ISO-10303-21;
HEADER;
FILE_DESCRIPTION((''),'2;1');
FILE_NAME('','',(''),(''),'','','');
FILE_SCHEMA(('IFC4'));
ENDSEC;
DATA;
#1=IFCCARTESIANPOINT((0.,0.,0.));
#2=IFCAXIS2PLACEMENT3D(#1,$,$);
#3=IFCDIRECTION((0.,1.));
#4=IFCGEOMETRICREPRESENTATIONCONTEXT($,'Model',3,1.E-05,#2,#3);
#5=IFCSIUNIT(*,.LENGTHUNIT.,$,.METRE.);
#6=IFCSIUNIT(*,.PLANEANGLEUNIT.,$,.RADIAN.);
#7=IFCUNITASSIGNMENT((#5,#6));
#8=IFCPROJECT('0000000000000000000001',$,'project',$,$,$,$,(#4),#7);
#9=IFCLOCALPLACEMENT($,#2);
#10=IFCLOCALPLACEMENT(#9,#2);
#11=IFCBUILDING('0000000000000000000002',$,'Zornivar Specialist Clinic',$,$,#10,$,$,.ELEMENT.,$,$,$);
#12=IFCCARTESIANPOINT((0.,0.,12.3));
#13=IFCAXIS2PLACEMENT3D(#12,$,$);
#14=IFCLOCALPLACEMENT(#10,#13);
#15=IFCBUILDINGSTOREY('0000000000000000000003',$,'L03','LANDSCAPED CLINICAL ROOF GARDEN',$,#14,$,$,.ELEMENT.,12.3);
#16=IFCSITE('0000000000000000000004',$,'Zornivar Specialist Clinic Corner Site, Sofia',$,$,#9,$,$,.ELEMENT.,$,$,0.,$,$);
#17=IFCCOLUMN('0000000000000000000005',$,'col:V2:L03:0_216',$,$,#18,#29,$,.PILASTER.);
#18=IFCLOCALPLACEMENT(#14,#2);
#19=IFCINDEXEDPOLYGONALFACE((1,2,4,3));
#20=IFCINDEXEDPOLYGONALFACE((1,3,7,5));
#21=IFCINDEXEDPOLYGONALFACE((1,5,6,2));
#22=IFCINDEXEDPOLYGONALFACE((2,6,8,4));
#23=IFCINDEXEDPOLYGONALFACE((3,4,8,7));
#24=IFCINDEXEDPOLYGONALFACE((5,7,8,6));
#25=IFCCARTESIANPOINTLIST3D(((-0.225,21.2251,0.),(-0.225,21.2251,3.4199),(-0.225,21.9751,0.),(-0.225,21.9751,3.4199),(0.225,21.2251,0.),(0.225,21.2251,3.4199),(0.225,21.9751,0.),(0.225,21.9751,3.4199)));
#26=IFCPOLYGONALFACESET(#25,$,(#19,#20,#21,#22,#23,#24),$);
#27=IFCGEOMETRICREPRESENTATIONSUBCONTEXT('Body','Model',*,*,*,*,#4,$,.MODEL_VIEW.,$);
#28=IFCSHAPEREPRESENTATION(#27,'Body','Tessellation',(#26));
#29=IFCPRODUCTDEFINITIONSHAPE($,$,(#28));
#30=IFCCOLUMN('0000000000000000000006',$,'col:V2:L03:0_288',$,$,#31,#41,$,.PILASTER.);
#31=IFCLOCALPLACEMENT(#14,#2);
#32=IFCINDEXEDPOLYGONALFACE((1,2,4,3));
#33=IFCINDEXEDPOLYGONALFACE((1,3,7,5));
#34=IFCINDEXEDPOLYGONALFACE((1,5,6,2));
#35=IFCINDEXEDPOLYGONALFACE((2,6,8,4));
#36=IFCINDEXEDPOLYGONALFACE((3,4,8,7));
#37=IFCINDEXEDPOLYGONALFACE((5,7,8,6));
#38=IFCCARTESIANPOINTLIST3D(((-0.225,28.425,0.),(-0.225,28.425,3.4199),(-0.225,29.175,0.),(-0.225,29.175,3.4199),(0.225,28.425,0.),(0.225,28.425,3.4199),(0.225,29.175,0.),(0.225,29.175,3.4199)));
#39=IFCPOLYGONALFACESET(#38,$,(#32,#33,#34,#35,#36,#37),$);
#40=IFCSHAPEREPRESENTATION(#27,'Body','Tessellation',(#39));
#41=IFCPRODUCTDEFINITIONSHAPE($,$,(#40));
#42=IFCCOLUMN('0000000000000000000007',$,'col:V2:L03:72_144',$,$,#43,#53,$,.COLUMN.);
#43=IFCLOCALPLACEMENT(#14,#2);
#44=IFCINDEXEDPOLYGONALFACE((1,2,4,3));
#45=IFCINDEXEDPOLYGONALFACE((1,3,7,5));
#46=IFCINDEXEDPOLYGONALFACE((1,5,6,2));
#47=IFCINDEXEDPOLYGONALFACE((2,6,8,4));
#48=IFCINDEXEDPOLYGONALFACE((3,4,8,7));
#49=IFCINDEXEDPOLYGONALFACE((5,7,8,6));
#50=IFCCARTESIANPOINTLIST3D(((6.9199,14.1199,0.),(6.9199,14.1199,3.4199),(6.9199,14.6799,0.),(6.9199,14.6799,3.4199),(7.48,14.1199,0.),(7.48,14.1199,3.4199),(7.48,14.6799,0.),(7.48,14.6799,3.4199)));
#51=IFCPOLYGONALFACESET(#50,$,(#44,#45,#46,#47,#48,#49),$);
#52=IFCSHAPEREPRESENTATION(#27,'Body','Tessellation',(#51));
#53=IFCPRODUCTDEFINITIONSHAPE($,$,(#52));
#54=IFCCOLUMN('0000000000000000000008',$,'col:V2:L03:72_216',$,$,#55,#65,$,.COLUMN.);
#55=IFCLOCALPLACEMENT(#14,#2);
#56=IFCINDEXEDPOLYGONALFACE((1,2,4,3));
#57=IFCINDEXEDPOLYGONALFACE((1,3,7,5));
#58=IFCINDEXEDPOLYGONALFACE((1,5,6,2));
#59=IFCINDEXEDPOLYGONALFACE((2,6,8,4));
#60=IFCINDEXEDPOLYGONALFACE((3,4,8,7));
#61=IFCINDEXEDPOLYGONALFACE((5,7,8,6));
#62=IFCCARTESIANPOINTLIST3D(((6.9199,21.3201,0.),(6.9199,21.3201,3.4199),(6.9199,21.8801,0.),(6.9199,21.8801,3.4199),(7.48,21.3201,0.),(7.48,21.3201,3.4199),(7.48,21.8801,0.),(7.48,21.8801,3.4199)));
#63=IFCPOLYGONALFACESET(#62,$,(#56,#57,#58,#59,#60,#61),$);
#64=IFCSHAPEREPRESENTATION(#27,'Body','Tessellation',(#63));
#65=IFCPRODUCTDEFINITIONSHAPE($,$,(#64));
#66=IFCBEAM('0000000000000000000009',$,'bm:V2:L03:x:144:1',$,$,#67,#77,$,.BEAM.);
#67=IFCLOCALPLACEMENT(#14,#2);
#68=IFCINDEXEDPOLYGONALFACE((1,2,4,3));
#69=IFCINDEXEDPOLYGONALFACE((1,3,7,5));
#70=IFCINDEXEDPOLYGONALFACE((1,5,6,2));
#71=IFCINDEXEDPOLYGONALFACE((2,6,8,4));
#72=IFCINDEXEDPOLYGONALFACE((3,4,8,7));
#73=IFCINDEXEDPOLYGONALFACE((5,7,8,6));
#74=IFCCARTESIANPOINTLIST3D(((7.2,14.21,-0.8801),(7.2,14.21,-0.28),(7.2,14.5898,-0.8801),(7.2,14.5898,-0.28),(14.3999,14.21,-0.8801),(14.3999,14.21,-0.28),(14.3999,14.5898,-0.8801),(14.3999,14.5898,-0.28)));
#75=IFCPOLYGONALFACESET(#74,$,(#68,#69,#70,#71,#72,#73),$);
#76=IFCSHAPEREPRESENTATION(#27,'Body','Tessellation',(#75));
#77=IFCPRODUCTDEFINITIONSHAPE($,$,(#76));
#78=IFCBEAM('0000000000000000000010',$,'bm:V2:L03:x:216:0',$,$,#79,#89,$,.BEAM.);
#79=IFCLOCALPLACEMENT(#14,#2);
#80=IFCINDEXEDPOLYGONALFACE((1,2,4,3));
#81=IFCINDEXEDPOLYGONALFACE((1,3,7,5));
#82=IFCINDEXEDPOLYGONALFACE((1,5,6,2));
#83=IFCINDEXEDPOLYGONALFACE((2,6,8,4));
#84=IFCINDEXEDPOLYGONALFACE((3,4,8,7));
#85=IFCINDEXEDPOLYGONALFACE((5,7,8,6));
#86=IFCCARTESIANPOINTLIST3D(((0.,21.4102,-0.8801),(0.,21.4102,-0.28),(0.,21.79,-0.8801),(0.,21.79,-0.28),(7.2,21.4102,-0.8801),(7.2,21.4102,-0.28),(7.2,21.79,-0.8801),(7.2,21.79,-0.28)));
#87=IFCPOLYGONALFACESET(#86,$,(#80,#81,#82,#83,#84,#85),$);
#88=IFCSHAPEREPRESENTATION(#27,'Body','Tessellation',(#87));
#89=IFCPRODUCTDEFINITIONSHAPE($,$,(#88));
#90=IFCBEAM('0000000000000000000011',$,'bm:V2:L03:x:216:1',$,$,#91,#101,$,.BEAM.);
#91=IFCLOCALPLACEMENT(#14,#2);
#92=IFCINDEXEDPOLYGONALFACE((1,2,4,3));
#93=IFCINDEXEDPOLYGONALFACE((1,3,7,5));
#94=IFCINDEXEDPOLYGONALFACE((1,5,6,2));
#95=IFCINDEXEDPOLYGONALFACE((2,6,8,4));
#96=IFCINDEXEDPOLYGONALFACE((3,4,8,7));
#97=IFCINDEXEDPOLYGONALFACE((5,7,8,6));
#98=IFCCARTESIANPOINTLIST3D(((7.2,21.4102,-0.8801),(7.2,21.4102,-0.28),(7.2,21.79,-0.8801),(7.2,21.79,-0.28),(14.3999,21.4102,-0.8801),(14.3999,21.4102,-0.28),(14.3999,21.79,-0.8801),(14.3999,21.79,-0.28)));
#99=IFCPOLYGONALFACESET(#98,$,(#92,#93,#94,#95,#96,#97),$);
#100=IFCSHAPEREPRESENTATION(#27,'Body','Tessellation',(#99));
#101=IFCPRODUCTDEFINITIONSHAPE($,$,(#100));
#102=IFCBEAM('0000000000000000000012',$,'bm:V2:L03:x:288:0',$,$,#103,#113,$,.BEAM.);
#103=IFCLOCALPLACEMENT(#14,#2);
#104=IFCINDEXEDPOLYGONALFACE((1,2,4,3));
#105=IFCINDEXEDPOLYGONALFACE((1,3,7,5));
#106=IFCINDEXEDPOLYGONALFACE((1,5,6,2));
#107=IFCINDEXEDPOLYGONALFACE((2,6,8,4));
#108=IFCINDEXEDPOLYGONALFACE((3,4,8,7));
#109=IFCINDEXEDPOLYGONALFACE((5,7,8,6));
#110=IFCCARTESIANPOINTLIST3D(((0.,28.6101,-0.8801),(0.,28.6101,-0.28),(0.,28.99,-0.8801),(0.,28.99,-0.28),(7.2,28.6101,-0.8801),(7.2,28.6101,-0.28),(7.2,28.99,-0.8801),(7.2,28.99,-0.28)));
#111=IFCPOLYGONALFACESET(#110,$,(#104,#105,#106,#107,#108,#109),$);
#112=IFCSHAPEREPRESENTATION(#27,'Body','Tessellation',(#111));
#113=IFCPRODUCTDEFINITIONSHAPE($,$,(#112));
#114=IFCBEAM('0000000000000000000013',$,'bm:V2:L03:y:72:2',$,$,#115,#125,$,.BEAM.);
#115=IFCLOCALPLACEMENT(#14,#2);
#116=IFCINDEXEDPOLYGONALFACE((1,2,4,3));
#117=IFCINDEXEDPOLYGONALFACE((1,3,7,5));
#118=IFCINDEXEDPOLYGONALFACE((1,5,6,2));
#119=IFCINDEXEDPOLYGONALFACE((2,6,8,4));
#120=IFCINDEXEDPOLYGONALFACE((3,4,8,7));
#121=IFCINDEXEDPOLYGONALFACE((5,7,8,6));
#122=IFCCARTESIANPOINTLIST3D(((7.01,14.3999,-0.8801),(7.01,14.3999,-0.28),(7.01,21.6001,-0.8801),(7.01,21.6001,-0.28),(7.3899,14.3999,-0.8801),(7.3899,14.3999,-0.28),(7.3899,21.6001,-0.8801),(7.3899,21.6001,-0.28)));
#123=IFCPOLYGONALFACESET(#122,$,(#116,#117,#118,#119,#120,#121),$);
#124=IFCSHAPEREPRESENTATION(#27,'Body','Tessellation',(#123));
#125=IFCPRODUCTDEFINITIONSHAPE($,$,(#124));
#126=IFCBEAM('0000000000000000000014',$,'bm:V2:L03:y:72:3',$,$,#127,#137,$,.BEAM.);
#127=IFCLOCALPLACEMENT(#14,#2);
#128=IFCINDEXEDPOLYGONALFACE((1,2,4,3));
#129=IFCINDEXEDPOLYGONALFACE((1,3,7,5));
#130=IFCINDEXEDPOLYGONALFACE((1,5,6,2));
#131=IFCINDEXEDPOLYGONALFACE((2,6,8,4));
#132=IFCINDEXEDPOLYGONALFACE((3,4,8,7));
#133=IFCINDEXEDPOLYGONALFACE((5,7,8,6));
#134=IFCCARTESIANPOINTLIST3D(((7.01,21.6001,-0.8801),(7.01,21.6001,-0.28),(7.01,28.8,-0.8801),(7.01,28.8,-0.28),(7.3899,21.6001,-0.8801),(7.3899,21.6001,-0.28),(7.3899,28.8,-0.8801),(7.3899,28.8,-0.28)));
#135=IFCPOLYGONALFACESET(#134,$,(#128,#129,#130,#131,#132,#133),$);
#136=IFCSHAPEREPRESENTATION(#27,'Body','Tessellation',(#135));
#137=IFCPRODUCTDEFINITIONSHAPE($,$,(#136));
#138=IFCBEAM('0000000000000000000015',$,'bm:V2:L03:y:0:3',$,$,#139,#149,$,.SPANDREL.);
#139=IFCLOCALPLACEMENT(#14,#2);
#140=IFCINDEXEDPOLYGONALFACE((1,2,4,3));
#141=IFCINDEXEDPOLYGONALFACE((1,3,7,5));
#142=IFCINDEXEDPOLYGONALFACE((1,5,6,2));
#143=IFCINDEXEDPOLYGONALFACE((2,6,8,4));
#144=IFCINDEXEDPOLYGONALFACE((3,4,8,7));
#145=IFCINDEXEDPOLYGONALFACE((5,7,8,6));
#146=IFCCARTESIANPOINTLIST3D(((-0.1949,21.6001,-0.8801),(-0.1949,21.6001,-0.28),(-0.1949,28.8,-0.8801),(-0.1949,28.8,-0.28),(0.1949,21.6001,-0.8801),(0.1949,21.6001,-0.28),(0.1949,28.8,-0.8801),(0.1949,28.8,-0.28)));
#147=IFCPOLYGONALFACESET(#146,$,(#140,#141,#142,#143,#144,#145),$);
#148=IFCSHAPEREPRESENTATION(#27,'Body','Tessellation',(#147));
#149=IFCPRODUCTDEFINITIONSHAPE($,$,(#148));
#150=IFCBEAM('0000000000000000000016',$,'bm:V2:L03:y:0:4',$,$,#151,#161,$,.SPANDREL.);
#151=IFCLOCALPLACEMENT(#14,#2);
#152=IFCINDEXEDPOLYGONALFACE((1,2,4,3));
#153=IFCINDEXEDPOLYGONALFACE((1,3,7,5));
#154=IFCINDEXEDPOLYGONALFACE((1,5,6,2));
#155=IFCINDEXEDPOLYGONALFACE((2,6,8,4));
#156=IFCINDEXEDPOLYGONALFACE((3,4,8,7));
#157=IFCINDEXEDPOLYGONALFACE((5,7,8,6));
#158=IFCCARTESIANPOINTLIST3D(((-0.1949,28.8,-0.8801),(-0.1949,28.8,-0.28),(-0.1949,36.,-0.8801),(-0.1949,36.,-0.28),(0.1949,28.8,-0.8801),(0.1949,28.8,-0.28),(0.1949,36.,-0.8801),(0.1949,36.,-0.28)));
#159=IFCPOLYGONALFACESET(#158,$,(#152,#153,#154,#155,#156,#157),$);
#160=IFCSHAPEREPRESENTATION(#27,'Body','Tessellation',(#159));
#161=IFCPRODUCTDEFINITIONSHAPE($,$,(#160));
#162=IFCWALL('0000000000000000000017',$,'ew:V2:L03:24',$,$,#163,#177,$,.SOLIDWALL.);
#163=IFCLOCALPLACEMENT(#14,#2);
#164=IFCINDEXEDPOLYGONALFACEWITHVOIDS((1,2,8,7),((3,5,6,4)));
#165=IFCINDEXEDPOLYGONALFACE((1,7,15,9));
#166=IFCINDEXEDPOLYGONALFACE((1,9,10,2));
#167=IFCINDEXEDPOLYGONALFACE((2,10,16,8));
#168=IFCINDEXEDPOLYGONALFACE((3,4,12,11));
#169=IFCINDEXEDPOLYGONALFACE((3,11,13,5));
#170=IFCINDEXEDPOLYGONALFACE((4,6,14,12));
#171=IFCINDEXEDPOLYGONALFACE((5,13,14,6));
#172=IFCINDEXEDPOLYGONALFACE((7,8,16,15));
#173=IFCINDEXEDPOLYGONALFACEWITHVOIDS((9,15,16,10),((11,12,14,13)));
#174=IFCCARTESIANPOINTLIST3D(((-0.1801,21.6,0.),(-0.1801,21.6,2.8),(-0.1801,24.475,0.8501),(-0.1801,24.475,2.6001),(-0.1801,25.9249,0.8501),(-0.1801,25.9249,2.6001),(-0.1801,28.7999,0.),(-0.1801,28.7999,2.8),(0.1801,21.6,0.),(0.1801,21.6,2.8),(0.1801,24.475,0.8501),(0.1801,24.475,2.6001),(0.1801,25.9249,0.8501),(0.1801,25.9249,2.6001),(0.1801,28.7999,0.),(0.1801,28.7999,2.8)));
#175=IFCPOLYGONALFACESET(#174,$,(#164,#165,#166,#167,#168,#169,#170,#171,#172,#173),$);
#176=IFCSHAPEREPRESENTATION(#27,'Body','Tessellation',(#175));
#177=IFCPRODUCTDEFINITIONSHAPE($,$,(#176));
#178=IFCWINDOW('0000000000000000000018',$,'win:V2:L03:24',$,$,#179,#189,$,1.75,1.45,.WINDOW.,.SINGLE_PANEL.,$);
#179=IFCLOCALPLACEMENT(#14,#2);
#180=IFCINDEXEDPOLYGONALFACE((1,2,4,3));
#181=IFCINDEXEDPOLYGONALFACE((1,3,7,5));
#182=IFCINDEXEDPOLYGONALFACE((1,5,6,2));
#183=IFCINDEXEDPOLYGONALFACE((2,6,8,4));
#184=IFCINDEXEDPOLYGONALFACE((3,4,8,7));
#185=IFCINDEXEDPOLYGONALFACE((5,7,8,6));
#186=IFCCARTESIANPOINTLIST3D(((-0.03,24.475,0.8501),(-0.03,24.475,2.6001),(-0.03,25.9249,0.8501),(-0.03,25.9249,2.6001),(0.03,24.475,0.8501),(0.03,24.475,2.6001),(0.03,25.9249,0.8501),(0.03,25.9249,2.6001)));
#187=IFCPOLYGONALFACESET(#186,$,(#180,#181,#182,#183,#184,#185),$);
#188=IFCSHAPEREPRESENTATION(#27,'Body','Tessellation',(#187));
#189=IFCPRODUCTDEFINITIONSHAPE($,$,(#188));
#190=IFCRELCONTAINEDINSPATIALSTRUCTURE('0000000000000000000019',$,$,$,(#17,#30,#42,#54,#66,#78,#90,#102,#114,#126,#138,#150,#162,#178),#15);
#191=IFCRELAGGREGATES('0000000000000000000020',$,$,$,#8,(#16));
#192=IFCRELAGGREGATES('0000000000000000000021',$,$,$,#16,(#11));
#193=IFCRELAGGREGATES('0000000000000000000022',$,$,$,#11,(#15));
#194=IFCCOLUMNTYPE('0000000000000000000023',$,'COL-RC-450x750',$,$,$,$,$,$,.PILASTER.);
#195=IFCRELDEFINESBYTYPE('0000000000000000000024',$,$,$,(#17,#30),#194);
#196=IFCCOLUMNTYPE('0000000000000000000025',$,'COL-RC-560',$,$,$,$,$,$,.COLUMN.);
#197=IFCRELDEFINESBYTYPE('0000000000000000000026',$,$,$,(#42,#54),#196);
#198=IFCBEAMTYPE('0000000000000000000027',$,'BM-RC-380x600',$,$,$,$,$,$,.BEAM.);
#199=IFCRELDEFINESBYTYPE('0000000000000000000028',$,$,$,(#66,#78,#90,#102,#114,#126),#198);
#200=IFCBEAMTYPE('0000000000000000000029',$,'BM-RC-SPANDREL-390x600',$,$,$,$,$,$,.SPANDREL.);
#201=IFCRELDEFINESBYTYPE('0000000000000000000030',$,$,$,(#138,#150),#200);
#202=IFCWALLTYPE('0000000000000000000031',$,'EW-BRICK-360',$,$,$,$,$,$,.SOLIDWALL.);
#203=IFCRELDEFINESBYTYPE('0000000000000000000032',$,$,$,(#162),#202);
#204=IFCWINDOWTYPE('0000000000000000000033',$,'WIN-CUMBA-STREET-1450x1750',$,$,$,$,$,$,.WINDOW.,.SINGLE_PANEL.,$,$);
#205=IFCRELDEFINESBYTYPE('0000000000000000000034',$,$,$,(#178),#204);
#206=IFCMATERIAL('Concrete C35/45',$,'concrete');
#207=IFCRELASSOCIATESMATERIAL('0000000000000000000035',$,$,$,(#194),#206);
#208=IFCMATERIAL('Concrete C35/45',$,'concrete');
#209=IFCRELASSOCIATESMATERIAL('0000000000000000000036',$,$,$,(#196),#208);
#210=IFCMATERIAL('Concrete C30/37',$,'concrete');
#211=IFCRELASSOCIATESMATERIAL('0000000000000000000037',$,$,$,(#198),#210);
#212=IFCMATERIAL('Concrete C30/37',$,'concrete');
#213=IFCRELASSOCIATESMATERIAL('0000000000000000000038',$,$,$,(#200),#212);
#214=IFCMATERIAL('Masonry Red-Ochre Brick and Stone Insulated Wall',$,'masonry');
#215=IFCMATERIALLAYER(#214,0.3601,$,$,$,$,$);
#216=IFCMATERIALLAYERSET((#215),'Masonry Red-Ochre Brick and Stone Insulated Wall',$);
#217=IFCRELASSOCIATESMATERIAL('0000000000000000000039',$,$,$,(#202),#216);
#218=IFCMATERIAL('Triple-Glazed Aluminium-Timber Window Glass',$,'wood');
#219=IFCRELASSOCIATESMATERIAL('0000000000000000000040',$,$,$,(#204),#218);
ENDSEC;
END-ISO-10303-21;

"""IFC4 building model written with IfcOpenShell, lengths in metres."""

from ifc_helpers import new_model, si_unit, direction, frame, frame_2d, origin, origin_2d, place, context, subcontext, project, spatial, rectangle, extrude, material, layer, layer_set, material_profile, profile_set, type_object, element, fill, save


model = new_model("IFC4")

# Units and contexts
model_context = context("Model", 3, precision=1e-05, world=origin(), true_north=direction((0.0, 1.0)))
body_context = subcontext(model_context, "Body", "Model", "MODEL_VIEW")
ifc_project = project(units=[si_unit("LENGTHUNIT", "METRE"), si_unit("PLANEANGLEUNIT", "RADIAN")], contexts=[model_context])

# Site, building, storey
site_placement = place(None, origin())
site = spatial("IfcSite", under=ifc_project, at=site_placement, Name="Zornivar Specialist Clinic Corner Site, Sofia", CompositionType="ELEMENT", RefElevation=0.0)
building_placement = place(site_placement, origin())
building = spatial("IfcBuilding", under=site, at=building_placement, Name="Zornivar Specialist Clinic", CompositionType="ELEMENT")
storey_placement = place(building_placement, frame((0.0, 0.0, 12.3)))
storey = spatial("IfcBuildingStorey", under=building, at=storey_placement, Name="L03", Description="LANDSCAPED CLINICAL ROOF GARDEN", CompositionType="ELEMENT", Elevation=12.3)

# Columns
ifc_material_1 = material(Name="Concrete C35/45", Category="concrete")
ifc_material_profile_1 = material_profile(ifc_material_1, rectangle(XDim=0.45, YDim=0.75, at=origin_2d()), Name="RC 450x750")
ifc_profile_set_1 = profile_set([ifc_material_profile_1], Name="Concrete C35/45")
column_type_1 = type_object("IfcColumnType", Name="COL-RC-450x750", PredefinedType="PILASTER", material=ifc_profile_set_1)
for number, where, z_axis, x_axis, name in (
    (1, (0.0, 21.6001, 0.0), (0.0, 0.0, 1.0), (1.0, 0.0, 0.0), "col:V2:L03:0_216"),
    (2, (0.0, 28.8, 0.0), (0.0, 0.0, 1.0), (1.0, 0.0, 0.0), "col:V2:L03:0_288"),
):
    element("IfcColumn", number, at=place(storey_placement, frame(where, z_axis=z_axis, x_axis=x_axis)), inside=storey, type_object=column_type_1, Name=name, PredefinedType="PILASTER", context=body_context, shape_type="SweptSolid", body=[
        extrude(rectangle(XDim=0.45, YDim=0.75, at=origin_2d()), origin(), (0.0, 0.0, 1.0), 3.4199),
    ])
ifc_material_2 = material(Name="Concrete C35/45", Category="concrete")
ifc_material_profile_2 = material_profile(ifc_material_2, rectangle(XDim=0.5601, YDim=0.5601, at=origin_2d()), Name="RC 560x560")
ifc_profile_set_2 = profile_set([ifc_material_profile_2], Name="Concrete C35/45")
column_type_2 = type_object("IfcColumnType", Name="COL-RC-560", PredefinedType="COLUMN", material=ifc_profile_set_2)
for number, where, z_axis, x_axis, name in (
    (3, (7.2, 14.3999, 0.0), (0.0, 0.0, 1.0), (1.0, 0.0, 0.0), "col:V2:L03:72_144"),
    (4, (7.2, 21.6001, 0.0), (0.0, 0.0, 1.0), (1.0, 0.0, 0.0), "col:V2:L03:72_216"),
):
    element("IfcColumn", number, at=place(storey_placement, frame(where, z_axis=z_axis, x_axis=x_axis)), inside=storey, type_object=column_type_2, Name=name, PredefinedType="COLUMN", context=body_context, shape_type="SweptSolid", body=[
        extrude(rectangle(XDim=0.5601, YDim=0.5601, at=origin_2d()), origin(), (0.0, 0.0, 1.0), 3.4199),
    ])

# Beams
ifc_material_3 = material(Name="Concrete C30/37", Category="concrete")
ifc_material_profile_3 = material_profile(ifc_material_3, rectangle(XDim=0.3799, YDim=0.6001, at=origin_2d()), Name="RC 380x600")
ifc_profile_set_3 = profile_set([ifc_material_profile_3], Name="Concrete C30/37")
beam_type_1 = type_object("IfcBeamType", Name="BM-RC-380x600", PredefinedType="BEAM", material=ifc_profile_set_3)
for number, where, z_axis, x_axis, name in (
    (5, (7.2, 14.3999, -0.5801), (1.0, 0.0, 0.0), (0.0, 1.0, 0.0), "bm:V2:L03:x:144:1"),
    (6, (0.0, 21.6001, -0.5801), (1.0, 0.0, 0.0), (0.0, 1.0, 0.0), "bm:V2:L03:x:216:0"),
    (7, (7.2, 21.6001, -0.5801), (1.0, 0.0, 0.0), (0.0, 1.0, 0.0), "bm:V2:L03:x:216:1"),
    (8, (0.0, 28.8, -0.5801), (1.0, 0.0, 0.0), (0.0, 1.0, 0.0), "bm:V2:L03:x:288:0"),
):
    element("IfcBeam", number, at=place(storey_placement, frame(where, z_axis=z_axis, x_axis=x_axis)), inside=storey, type_object=beam_type_1, Name=name, PredefinedType="BEAM", context=body_context, shape_type="SweptSolid", body=[
        extrude(rectangle(XDim=0.3799, YDim=0.6001, at=origin_2d()), origin(), (0.0, 0.0, 1.0), 7.2),
    ])
beam_1_placement = place(storey_placement, frame((7.2, 14.3999, -0.5801), z_axis=(0.0, 1.0, 0.0), x_axis=(-1.0, 0.0, 0.0)))
element("IfcBeam", 9, at=beam_1_placement, inside=storey, type_object=beam_type_1, Name="bm:V2:L03:y:72:2", PredefinedType="BEAM", context=body_context, shape_type="SweptSolid", body=[
    extrude(rectangle(XDim=0.3799, YDim=0.6001, at=origin_2d()), origin(), (0.0, 0.0, 1.0), 7.2002),
])
beam_2_placement = place(storey_placement, frame((7.2, 21.6001, -0.5801), z_axis=(0.0, 1.0, 0.0), x_axis=(-1.0, 0.0, 0.0)))
element("IfcBeam", 10, at=beam_2_placement, inside=storey, type_object=beam_type_1, Name="bm:V2:L03:y:72:3", PredefinedType="BEAM", context=body_context, shape_type="SweptSolid", body=[
    extrude(rectangle(XDim=0.3799, YDim=0.6001, at=origin_2d()), origin(), (0.0, 0.0, 1.0), 7.2),
])
ifc_material_4 = material(Name="Concrete C30/37", Category="concrete")
ifc_material_profile_4 = material_profile(ifc_material_4, rectangle(XDim=0.3899, YDim=0.6001, at=origin_2d()), Name="RC 390x600")
ifc_profile_set_4 = profile_set([ifc_material_profile_4], Name="Concrete C30/37")
beam_type_2 = type_object("IfcBeamType", Name="BM-RC-SPANDREL-390x600", PredefinedType="SPANDREL", material=ifc_profile_set_4)
for number, where, z_axis, x_axis, name in (
    (11, (0.0, 21.6001, -0.5801), (0.0, 1.0, 0.0), (-1.0, 0.0, 0.0), "bm:V2:L03:y:0:3"),
    (12, (0.0, 28.8, -0.5801), (0.0, 1.0, 0.0), (-1.0, 0.0, 0.0), "bm:V2:L03:y:0:4"),
):
    element("IfcBeam", number, at=place(storey_placement, frame(where, z_axis=z_axis, x_axis=x_axis)), inside=storey, type_object=beam_type_2, Name=name, PredefinedType="SPANDREL", context=body_context, shape_type="SweptSolid", body=[
        extrude(rectangle(XDim=0.3899, YDim=0.6001, at=origin_2d()), origin(), (0.0, 0.0, 1.0), 7.2),
    ])

# Wall, opening, window
ifc_material_5 = material(Name="Masonry Red-Ochre Brick and Stone Insulated Wall", Category="masonry")
ifc_layer_1 = layer(ifc_material_5, 0.3601)
ifc_layer_set_1 = layer_set([ifc_layer_1], Name="Masonry Red-Ochre Brick and Stone Insulated Wall")
wall_type_1 = type_object("IfcWallType", Name="EW-BRICK-360", PredefinedType="SOLIDWALL", material=ifc_layer_set_1)
wall_1_placement = place(storey_placement, frame((0.0, 28.8, 0.0), z_axis=(0.0, 0.0, 1.0), x_axis=(0.0, -1.0, 0.0)))
wall_1 = element("IfcWall", 13, at=wall_1_placement, inside=storey, type_object=wall_type_1, Name="ew:V2:L03:24", PredefinedType="SOLIDWALL", context=body_context, shape_type="SweptSolid", body=[
    extrude(rectangle(XDim=7.2, YDim=0.3601, at=frame_2d((3.6001, 0.0))), origin(), (0.0, 0.0, 1.0), 2.8),
])
opening_1_placement = place(wall_1_placement, frame((2.875, 0.0, 0.8501)))
opening_1 = element("IfcOpeningElement", 14, at=opening_1_placement, cuts=wall_1, PredefinedType="OPENING", context=body_context, shape_type="SweptSolid", body=[
    extrude(rectangle(XDim=1.45, YDim=1.75, at=frame_2d((0.7251, 0.875))), frame((0.0, 0.1899, 0.0), z_axis=(0.0, -1.0, 0.0), x_axis=(1.0, 0.0, 0.0)), (0.0, 0.0, 1.0), 0.3801),
])
ifc_material_6 = material(Name="Triple-Glazed Aluminium-Timber Window Glass", Category="wood")
window_type = type_object("IfcWindowType", Name="WIN-CUMBA-STREET-1450x1750", PartitioningType="SINGLE_PANEL", PredefinedType="WINDOW", material=ifc_material_6)
window_1_placement = place(opening_1_placement, origin())
window_1 = element("IfcWindow", 15, at=window_1_placement, inside=storey, type_object=window_type, Name="win:V2:L03:24", OverallHeight=1.75, OverallWidth=1.45, PartitioningType="SINGLE_PANEL", PredefinedType="WINDOW", context=body_context, shape_type="SweptSolid", body=[
    extrude(rectangle(XDim=1.45, YDim=1.75, at=frame_2d((0.7251, 0.875))), frame((0.0, 0.03, 0.0), z_axis=(0.0, -1.0, 0.0), x_axis=(1.0, 0.0, 0.0)), (0.0, 0.0, 1.0), 0.0601),
])
fill(opening_1, window_1)

save(model, "model.ifc")
